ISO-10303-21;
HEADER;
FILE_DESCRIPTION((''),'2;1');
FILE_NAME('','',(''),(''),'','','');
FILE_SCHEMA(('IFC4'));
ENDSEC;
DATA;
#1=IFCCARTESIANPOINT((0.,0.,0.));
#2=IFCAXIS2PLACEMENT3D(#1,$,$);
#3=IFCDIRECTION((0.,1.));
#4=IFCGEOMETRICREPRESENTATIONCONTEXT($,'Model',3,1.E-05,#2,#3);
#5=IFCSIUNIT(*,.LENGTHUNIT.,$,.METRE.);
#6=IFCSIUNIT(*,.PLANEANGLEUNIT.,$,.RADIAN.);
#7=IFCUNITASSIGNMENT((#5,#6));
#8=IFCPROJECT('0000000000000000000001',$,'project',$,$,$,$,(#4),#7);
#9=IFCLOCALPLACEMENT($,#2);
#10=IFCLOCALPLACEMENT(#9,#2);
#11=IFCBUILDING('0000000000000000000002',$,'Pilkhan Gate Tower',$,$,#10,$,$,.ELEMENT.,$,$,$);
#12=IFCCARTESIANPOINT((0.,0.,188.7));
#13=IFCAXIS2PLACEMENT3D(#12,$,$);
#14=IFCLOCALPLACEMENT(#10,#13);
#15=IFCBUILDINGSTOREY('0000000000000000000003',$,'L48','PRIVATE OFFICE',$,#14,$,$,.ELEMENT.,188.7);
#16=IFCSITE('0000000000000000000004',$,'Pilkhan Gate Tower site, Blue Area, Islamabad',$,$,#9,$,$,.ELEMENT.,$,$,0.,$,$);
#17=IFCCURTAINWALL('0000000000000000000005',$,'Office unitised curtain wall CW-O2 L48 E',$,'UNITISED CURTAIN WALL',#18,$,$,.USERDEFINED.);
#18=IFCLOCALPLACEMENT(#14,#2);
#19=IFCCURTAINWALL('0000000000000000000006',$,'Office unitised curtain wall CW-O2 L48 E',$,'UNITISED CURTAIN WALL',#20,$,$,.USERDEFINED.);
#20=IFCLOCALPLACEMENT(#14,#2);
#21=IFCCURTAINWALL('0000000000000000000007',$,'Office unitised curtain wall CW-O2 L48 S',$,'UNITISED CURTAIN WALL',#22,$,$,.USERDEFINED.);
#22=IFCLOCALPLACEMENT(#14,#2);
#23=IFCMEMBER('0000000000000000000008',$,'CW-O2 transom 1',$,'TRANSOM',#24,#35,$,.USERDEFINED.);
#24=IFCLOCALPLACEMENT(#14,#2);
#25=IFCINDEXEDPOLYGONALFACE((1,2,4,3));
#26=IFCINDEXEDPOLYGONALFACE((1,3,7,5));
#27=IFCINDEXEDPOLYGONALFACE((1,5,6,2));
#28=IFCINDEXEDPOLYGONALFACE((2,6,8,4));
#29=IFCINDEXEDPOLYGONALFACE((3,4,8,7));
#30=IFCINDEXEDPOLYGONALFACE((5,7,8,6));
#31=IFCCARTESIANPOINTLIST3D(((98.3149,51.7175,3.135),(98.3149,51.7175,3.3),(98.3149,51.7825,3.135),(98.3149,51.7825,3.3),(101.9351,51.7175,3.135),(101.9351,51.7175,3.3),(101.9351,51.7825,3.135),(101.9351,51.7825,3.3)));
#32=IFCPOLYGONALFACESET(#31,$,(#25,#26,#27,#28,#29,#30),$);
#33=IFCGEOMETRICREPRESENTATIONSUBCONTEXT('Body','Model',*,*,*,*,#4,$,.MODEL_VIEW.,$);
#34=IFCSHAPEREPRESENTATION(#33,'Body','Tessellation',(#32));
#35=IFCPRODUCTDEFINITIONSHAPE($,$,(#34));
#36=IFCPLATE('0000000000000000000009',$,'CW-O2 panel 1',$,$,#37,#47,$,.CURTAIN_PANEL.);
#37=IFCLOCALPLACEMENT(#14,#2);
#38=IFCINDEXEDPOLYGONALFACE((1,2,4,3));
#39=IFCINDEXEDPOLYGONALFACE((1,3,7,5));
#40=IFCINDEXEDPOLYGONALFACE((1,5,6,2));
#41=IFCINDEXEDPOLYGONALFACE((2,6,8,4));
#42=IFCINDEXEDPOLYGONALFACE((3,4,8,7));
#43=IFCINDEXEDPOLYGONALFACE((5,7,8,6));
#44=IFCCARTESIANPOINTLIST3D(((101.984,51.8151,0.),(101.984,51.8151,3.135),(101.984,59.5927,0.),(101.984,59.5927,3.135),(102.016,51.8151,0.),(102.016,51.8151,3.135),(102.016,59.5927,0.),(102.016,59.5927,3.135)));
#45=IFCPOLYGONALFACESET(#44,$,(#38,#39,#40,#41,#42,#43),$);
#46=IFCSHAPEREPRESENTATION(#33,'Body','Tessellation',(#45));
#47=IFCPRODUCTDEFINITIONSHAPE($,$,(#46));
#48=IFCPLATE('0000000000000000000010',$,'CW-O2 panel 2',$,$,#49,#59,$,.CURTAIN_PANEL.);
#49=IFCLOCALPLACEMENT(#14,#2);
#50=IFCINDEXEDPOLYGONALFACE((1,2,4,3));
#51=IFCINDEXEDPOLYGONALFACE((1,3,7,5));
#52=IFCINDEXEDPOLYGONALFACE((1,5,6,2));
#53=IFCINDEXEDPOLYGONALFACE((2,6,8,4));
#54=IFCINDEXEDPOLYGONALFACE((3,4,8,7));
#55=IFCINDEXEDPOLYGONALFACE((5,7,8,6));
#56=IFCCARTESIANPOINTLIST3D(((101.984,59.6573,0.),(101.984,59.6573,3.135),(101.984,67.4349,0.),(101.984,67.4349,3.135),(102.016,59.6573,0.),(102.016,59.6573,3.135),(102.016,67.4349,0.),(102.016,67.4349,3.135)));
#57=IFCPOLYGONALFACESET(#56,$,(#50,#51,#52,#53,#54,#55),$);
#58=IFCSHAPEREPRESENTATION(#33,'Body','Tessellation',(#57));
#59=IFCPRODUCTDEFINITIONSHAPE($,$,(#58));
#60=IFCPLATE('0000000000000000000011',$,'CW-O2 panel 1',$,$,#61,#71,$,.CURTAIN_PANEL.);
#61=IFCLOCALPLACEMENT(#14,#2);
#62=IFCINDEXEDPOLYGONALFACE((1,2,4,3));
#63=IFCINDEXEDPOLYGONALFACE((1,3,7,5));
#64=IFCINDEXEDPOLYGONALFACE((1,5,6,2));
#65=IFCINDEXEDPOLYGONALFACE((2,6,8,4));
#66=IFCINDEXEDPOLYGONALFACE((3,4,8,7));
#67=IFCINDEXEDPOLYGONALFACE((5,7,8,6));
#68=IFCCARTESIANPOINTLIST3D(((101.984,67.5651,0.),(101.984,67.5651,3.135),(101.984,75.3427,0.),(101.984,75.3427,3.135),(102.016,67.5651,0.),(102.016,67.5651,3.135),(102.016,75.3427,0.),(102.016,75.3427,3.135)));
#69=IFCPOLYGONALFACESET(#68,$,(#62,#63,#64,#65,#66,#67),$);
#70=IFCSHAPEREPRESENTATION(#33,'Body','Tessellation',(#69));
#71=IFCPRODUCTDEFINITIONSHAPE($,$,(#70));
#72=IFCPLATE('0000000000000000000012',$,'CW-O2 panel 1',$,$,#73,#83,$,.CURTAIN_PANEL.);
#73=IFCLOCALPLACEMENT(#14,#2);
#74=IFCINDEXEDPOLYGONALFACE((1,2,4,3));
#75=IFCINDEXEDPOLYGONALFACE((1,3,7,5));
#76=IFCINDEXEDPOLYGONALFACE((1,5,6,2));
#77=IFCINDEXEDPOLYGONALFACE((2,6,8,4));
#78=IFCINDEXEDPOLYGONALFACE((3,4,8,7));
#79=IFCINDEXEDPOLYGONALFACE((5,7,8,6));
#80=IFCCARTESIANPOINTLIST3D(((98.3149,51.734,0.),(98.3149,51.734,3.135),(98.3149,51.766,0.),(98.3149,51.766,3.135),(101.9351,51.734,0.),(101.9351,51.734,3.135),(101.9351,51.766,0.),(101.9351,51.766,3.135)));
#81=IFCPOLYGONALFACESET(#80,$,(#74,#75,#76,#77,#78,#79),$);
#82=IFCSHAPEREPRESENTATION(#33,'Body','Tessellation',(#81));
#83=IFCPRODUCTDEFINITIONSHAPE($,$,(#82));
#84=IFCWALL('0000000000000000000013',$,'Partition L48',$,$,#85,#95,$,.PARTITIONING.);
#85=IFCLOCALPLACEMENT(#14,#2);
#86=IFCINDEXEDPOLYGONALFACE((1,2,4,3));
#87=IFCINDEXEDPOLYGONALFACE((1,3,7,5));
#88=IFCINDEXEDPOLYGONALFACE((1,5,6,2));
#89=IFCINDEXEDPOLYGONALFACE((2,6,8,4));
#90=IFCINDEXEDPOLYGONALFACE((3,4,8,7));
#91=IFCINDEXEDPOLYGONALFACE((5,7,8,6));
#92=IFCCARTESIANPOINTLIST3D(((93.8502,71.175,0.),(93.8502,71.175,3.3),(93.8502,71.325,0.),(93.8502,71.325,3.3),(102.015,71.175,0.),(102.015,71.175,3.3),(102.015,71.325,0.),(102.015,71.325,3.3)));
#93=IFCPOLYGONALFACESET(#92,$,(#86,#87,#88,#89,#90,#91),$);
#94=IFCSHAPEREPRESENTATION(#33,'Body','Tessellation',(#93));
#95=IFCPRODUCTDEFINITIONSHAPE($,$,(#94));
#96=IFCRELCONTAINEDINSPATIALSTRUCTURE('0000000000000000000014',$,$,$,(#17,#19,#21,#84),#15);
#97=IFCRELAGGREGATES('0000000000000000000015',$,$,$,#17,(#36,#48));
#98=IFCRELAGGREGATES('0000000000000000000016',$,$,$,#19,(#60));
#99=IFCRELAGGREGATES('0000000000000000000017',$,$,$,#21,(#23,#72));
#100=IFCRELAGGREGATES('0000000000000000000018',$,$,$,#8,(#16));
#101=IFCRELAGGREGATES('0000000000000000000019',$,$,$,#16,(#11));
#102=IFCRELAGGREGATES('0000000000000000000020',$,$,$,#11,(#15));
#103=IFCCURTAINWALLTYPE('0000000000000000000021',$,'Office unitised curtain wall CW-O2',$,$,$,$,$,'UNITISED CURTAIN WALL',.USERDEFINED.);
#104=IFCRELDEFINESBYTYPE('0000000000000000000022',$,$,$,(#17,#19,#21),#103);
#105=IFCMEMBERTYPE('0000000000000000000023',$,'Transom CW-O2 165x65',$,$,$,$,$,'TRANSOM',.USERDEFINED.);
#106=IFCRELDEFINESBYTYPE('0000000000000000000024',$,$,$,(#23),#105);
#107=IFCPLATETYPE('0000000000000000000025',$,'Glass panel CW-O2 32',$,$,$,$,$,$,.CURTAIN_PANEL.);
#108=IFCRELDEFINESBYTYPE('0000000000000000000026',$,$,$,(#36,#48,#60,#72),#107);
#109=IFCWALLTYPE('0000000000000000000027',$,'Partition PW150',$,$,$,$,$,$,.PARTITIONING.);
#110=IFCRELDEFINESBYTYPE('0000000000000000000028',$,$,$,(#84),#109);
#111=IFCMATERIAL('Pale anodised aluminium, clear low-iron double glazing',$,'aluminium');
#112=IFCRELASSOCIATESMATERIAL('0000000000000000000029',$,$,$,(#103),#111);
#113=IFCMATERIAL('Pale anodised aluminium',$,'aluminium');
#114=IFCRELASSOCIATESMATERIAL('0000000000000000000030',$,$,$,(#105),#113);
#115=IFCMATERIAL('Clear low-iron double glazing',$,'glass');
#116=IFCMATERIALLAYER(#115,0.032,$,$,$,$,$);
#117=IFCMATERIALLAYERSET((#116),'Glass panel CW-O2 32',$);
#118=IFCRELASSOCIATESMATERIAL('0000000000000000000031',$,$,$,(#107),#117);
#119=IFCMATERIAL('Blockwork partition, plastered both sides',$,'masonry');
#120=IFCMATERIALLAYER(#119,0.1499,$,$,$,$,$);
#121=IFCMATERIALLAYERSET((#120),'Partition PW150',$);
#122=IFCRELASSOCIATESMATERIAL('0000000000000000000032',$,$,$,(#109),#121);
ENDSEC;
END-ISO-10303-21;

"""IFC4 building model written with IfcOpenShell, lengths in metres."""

from ifc_helpers import new_model, si_unit, direction, frame, frame_2d, origin, origin_2d, place, context, subcontext, project, spatial, rectangle, extrude, material, layer, layer_set, material_profile, profile_set, type_object, element, aggregate, save


model = new_model("IFC4")

# Units and contexts
model_context = context("Model", 3, precision=1e-05, world=origin(), true_north=direction((0.0, 1.0)))
body_context = subcontext(model_context, "Body", "Model", "MODEL_VIEW")
ifc_project = project(units=[si_unit("LENGTHUNIT", "METRE"), si_unit("PLANEANGLEUNIT", "RADIAN")], contexts=[model_context])

# Site, building, storey
site_placement = place(None, origin())
site = spatial("IfcSite", under=ifc_project, at=site_placement, Name="Pilkhan Gate Tower site, Blue Area, Islamabad", CompositionType="ELEMENT", RefElevation=0.0)
building_placement = place(site_placement, origin())
building = spatial("IfcBuilding", under=site, at=building_placement, Name="Pilkhan Gate Tower", CompositionType="ELEMENT")
storey_placement = place(building_placement, frame((0.0, 0.0, 188.7)))
storey = spatial("IfcBuildingStorey", under=building, at=storey_placement, Name="L48", Description="PRIVATE OFFICE", CompositionType="ELEMENT", Elevation=188.7)

# Curtain wall
ifc_material_1 = material(Name="Pale anodised aluminium, clear low-iron double glazing", Category="aluminium")
curtain_wall_type = type_object("IfcCurtainWallType", Name="Office unitised curtain wall CW-O2", ElementType="UNITISED CURTAIN WALL", PredefinedType="USERDEFINED", material=ifc_material_1)
curtain_wall_1_placement = place(storey_placement, origin())
curtain_wall_1 = element("IfcCurtainWall", 1, at=curtain_wall_1_placement, inside=storey, type_object=curtain_wall_type, Name="Office unitised curtain wall CW-O2 L48 E", ObjectType="UNITISED CURTAIN WALL", PredefinedType="USERDEFINED")
ifc_material_2 = material(Name="Pale anodised aluminium", Category="aluminium")

# Curtain wall
curtain_wall_2_placement = place(storey_placement, origin())
curtain_wall_2 = element("IfcCurtainWall", 2, at=curtain_wall_2_placement, inside=storey, type_object=curtain_wall_type, Name="Office unitised curtain wall CW-O2 L48 E", ObjectType="UNITISED CURTAIN WALL", PredefinedType="USERDEFINED")

# Curtain wall
curtain_wall_3_placement = place(storey_placement, origin())
curtain_wall_3 = element("IfcCurtainWall", 3, at=curtain_wall_3_placement, inside=storey, type_object=curtain_wall_type, Name="Office unitised curtain wall CW-O2 L48 S", ObjectType="UNITISED CURTAIN WALL", PredefinedType="USERDEFINED")

# Member
ifc_material_profile_1 = material_profile(ifc_material_2, rectangle(XDim=0.0649, YDim=0.165, at=origin_2d()), Name="Transom 165x65")
ifc_profile_set_1 = profile_set([ifc_material_profile_1], Name="Pale anodised aluminium")
member_type_1 = type_object("IfcMemberType", Name="Transom CW-O2 165x65", ElementType="TRANSOM", PredefinedType="USERDEFINED", material=ifc_profile_set_1)
member_1_placement = place(storey_placement, frame((98.3149, 51.75, 3.2175), z_axis=(1.0, 0.0, 0.0), x_axis=(0.0, 1.0, 0.0)))
member_1 = element("IfcMember", 4, at=member_1_placement, type_object=member_type_1, Name="CW-O2 transom 1", ObjectType="TRANSOM", PredefinedType="USERDEFINED", context=body_context, shape_type="SweptSolid", body=[
    extrude(rectangle(XDim=0.0649, YDim=0.165, at=origin_2d()), origin(), (0.0, 0.0, 1.0), 3.6201),
])

# Plates
ifc_material_3 = material(Name="Clear low-iron double glazing", Category="glass")
ifc_layer_1 = layer(ifc_material_3, 0.032)
ifc_layer_set_1 = layer_set([ifc_layer_1], Name="Glass panel CW-O2 32")
plate_type = type_object("IfcPlateType", Name="Glass panel CW-O2 32", PredefinedType="CURTAIN_PANEL", material=ifc_layer_set_1)
plate_1_placement = place(storey_placement, frame((102.0, 55.7039, 0.0), z_axis=(0.0, 0.0, 1.0), x_axis=(0.0, 1.0, 0.0)))
plate_1 = element("IfcPlate", 5, at=plate_1_placement, type_object=plate_type, Name="CW-O2 panel 1", PredefinedType="CURTAIN_PANEL", context=body_context, shape_type="SweptSolid", body=[
    extrude(rectangle(XDim=7.7776, YDim=0.032, at=origin_2d()), origin(), (0.0, 0.0, 1.0), 3.135),
])
plate_2_placement = place(storey_placement, frame((102.0, 63.5461, 0.0), z_axis=(0.0, 0.0, 1.0), x_axis=(0.0, 1.0, 0.0)))
plate_2 = element("IfcPlate", 6, at=plate_2_placement, type_object=plate_type, Name="CW-O2 panel 2", PredefinedType="CURTAIN_PANEL", context=body_context, shape_type="SweptSolid", body=[
    extrude(rectangle(XDim=7.7776, YDim=0.032, at=origin_2d()), origin(), (0.0, 0.0, 1.0), 3.135),
])
aggregate(curtain_wall_1, [plate_1, plate_2])
plate_3_placement = place(storey_placement, frame((102.0, 71.4539, 0.0), z_axis=(0.0, 0.0, 1.0), x_axis=(0.0, 1.0, 0.0)))
plate_3 = element("IfcPlate", 7, at=plate_3_placement, type_object=plate_type, Name="CW-O2 panel 1", PredefinedType="CURTAIN_PANEL", context=body_context, shape_type="SweptSolid", body=[
    extrude(rectangle(XDim=7.7776, YDim=0.032, at=origin_2d()), origin(), (0.0, 0.0, 1.0), 3.135),
])
aggregate(curtain_wall_2, [plate_3])
plate_4_placement = place(storey_placement, frame((100.125, 51.75, 0.0), z_axis=(0.0, 0.0, 1.0), x_axis=(1.0, 0.0, 0.0)))
plate_4 = element("IfcPlate", 8, at=plate_4_placement, type_object=plate_type, Name="CW-O2 panel 1", PredefinedType="CURTAIN_PANEL", context=body_context, shape_type="SweptSolid", body=[
    extrude(rectangle(XDim=3.6201, YDim=0.032, at=origin_2d()), origin(), (0.0, 0.0, 1.0), 3.135),
])
aggregate(curtain_wall_3, [member_1, plate_4])

# Wall
ifc_material_4 = material(Name="Blockwork partition, plastered both sides", Category="masonry")
ifc_layer_2 = layer(ifc_material_4, 0.1499)
ifc_layer_set_2 = layer_set([ifc_layer_2], Name="Partition PW150")
wall_type = type_object("IfcWallType", Name="Partition PW150", PredefinedType="PARTITIONING", material=ifc_layer_set_2)
wall_placement = place(storey_placement, frame((93.8501, 71.25, 0.0), z_axis=(0.0, 0.0, 1.0), x_axis=(1.0, 0.0, 0.0)))
element("IfcWall", 9, at=wall_placement, inside=storey, type_object=wall_type, Name="Partition L48", PredefinedType="PARTITIONING", context=body_context, shape_type="SweptSolid", body=[
    extrude(rectangle(XDim=8.1648, YDim=0.1499, at=frame_2d((4.0825, 0.0))), origin(), (0.0, 0.0, 1.0), 3.3),
])

save(model, "model.ifc")
